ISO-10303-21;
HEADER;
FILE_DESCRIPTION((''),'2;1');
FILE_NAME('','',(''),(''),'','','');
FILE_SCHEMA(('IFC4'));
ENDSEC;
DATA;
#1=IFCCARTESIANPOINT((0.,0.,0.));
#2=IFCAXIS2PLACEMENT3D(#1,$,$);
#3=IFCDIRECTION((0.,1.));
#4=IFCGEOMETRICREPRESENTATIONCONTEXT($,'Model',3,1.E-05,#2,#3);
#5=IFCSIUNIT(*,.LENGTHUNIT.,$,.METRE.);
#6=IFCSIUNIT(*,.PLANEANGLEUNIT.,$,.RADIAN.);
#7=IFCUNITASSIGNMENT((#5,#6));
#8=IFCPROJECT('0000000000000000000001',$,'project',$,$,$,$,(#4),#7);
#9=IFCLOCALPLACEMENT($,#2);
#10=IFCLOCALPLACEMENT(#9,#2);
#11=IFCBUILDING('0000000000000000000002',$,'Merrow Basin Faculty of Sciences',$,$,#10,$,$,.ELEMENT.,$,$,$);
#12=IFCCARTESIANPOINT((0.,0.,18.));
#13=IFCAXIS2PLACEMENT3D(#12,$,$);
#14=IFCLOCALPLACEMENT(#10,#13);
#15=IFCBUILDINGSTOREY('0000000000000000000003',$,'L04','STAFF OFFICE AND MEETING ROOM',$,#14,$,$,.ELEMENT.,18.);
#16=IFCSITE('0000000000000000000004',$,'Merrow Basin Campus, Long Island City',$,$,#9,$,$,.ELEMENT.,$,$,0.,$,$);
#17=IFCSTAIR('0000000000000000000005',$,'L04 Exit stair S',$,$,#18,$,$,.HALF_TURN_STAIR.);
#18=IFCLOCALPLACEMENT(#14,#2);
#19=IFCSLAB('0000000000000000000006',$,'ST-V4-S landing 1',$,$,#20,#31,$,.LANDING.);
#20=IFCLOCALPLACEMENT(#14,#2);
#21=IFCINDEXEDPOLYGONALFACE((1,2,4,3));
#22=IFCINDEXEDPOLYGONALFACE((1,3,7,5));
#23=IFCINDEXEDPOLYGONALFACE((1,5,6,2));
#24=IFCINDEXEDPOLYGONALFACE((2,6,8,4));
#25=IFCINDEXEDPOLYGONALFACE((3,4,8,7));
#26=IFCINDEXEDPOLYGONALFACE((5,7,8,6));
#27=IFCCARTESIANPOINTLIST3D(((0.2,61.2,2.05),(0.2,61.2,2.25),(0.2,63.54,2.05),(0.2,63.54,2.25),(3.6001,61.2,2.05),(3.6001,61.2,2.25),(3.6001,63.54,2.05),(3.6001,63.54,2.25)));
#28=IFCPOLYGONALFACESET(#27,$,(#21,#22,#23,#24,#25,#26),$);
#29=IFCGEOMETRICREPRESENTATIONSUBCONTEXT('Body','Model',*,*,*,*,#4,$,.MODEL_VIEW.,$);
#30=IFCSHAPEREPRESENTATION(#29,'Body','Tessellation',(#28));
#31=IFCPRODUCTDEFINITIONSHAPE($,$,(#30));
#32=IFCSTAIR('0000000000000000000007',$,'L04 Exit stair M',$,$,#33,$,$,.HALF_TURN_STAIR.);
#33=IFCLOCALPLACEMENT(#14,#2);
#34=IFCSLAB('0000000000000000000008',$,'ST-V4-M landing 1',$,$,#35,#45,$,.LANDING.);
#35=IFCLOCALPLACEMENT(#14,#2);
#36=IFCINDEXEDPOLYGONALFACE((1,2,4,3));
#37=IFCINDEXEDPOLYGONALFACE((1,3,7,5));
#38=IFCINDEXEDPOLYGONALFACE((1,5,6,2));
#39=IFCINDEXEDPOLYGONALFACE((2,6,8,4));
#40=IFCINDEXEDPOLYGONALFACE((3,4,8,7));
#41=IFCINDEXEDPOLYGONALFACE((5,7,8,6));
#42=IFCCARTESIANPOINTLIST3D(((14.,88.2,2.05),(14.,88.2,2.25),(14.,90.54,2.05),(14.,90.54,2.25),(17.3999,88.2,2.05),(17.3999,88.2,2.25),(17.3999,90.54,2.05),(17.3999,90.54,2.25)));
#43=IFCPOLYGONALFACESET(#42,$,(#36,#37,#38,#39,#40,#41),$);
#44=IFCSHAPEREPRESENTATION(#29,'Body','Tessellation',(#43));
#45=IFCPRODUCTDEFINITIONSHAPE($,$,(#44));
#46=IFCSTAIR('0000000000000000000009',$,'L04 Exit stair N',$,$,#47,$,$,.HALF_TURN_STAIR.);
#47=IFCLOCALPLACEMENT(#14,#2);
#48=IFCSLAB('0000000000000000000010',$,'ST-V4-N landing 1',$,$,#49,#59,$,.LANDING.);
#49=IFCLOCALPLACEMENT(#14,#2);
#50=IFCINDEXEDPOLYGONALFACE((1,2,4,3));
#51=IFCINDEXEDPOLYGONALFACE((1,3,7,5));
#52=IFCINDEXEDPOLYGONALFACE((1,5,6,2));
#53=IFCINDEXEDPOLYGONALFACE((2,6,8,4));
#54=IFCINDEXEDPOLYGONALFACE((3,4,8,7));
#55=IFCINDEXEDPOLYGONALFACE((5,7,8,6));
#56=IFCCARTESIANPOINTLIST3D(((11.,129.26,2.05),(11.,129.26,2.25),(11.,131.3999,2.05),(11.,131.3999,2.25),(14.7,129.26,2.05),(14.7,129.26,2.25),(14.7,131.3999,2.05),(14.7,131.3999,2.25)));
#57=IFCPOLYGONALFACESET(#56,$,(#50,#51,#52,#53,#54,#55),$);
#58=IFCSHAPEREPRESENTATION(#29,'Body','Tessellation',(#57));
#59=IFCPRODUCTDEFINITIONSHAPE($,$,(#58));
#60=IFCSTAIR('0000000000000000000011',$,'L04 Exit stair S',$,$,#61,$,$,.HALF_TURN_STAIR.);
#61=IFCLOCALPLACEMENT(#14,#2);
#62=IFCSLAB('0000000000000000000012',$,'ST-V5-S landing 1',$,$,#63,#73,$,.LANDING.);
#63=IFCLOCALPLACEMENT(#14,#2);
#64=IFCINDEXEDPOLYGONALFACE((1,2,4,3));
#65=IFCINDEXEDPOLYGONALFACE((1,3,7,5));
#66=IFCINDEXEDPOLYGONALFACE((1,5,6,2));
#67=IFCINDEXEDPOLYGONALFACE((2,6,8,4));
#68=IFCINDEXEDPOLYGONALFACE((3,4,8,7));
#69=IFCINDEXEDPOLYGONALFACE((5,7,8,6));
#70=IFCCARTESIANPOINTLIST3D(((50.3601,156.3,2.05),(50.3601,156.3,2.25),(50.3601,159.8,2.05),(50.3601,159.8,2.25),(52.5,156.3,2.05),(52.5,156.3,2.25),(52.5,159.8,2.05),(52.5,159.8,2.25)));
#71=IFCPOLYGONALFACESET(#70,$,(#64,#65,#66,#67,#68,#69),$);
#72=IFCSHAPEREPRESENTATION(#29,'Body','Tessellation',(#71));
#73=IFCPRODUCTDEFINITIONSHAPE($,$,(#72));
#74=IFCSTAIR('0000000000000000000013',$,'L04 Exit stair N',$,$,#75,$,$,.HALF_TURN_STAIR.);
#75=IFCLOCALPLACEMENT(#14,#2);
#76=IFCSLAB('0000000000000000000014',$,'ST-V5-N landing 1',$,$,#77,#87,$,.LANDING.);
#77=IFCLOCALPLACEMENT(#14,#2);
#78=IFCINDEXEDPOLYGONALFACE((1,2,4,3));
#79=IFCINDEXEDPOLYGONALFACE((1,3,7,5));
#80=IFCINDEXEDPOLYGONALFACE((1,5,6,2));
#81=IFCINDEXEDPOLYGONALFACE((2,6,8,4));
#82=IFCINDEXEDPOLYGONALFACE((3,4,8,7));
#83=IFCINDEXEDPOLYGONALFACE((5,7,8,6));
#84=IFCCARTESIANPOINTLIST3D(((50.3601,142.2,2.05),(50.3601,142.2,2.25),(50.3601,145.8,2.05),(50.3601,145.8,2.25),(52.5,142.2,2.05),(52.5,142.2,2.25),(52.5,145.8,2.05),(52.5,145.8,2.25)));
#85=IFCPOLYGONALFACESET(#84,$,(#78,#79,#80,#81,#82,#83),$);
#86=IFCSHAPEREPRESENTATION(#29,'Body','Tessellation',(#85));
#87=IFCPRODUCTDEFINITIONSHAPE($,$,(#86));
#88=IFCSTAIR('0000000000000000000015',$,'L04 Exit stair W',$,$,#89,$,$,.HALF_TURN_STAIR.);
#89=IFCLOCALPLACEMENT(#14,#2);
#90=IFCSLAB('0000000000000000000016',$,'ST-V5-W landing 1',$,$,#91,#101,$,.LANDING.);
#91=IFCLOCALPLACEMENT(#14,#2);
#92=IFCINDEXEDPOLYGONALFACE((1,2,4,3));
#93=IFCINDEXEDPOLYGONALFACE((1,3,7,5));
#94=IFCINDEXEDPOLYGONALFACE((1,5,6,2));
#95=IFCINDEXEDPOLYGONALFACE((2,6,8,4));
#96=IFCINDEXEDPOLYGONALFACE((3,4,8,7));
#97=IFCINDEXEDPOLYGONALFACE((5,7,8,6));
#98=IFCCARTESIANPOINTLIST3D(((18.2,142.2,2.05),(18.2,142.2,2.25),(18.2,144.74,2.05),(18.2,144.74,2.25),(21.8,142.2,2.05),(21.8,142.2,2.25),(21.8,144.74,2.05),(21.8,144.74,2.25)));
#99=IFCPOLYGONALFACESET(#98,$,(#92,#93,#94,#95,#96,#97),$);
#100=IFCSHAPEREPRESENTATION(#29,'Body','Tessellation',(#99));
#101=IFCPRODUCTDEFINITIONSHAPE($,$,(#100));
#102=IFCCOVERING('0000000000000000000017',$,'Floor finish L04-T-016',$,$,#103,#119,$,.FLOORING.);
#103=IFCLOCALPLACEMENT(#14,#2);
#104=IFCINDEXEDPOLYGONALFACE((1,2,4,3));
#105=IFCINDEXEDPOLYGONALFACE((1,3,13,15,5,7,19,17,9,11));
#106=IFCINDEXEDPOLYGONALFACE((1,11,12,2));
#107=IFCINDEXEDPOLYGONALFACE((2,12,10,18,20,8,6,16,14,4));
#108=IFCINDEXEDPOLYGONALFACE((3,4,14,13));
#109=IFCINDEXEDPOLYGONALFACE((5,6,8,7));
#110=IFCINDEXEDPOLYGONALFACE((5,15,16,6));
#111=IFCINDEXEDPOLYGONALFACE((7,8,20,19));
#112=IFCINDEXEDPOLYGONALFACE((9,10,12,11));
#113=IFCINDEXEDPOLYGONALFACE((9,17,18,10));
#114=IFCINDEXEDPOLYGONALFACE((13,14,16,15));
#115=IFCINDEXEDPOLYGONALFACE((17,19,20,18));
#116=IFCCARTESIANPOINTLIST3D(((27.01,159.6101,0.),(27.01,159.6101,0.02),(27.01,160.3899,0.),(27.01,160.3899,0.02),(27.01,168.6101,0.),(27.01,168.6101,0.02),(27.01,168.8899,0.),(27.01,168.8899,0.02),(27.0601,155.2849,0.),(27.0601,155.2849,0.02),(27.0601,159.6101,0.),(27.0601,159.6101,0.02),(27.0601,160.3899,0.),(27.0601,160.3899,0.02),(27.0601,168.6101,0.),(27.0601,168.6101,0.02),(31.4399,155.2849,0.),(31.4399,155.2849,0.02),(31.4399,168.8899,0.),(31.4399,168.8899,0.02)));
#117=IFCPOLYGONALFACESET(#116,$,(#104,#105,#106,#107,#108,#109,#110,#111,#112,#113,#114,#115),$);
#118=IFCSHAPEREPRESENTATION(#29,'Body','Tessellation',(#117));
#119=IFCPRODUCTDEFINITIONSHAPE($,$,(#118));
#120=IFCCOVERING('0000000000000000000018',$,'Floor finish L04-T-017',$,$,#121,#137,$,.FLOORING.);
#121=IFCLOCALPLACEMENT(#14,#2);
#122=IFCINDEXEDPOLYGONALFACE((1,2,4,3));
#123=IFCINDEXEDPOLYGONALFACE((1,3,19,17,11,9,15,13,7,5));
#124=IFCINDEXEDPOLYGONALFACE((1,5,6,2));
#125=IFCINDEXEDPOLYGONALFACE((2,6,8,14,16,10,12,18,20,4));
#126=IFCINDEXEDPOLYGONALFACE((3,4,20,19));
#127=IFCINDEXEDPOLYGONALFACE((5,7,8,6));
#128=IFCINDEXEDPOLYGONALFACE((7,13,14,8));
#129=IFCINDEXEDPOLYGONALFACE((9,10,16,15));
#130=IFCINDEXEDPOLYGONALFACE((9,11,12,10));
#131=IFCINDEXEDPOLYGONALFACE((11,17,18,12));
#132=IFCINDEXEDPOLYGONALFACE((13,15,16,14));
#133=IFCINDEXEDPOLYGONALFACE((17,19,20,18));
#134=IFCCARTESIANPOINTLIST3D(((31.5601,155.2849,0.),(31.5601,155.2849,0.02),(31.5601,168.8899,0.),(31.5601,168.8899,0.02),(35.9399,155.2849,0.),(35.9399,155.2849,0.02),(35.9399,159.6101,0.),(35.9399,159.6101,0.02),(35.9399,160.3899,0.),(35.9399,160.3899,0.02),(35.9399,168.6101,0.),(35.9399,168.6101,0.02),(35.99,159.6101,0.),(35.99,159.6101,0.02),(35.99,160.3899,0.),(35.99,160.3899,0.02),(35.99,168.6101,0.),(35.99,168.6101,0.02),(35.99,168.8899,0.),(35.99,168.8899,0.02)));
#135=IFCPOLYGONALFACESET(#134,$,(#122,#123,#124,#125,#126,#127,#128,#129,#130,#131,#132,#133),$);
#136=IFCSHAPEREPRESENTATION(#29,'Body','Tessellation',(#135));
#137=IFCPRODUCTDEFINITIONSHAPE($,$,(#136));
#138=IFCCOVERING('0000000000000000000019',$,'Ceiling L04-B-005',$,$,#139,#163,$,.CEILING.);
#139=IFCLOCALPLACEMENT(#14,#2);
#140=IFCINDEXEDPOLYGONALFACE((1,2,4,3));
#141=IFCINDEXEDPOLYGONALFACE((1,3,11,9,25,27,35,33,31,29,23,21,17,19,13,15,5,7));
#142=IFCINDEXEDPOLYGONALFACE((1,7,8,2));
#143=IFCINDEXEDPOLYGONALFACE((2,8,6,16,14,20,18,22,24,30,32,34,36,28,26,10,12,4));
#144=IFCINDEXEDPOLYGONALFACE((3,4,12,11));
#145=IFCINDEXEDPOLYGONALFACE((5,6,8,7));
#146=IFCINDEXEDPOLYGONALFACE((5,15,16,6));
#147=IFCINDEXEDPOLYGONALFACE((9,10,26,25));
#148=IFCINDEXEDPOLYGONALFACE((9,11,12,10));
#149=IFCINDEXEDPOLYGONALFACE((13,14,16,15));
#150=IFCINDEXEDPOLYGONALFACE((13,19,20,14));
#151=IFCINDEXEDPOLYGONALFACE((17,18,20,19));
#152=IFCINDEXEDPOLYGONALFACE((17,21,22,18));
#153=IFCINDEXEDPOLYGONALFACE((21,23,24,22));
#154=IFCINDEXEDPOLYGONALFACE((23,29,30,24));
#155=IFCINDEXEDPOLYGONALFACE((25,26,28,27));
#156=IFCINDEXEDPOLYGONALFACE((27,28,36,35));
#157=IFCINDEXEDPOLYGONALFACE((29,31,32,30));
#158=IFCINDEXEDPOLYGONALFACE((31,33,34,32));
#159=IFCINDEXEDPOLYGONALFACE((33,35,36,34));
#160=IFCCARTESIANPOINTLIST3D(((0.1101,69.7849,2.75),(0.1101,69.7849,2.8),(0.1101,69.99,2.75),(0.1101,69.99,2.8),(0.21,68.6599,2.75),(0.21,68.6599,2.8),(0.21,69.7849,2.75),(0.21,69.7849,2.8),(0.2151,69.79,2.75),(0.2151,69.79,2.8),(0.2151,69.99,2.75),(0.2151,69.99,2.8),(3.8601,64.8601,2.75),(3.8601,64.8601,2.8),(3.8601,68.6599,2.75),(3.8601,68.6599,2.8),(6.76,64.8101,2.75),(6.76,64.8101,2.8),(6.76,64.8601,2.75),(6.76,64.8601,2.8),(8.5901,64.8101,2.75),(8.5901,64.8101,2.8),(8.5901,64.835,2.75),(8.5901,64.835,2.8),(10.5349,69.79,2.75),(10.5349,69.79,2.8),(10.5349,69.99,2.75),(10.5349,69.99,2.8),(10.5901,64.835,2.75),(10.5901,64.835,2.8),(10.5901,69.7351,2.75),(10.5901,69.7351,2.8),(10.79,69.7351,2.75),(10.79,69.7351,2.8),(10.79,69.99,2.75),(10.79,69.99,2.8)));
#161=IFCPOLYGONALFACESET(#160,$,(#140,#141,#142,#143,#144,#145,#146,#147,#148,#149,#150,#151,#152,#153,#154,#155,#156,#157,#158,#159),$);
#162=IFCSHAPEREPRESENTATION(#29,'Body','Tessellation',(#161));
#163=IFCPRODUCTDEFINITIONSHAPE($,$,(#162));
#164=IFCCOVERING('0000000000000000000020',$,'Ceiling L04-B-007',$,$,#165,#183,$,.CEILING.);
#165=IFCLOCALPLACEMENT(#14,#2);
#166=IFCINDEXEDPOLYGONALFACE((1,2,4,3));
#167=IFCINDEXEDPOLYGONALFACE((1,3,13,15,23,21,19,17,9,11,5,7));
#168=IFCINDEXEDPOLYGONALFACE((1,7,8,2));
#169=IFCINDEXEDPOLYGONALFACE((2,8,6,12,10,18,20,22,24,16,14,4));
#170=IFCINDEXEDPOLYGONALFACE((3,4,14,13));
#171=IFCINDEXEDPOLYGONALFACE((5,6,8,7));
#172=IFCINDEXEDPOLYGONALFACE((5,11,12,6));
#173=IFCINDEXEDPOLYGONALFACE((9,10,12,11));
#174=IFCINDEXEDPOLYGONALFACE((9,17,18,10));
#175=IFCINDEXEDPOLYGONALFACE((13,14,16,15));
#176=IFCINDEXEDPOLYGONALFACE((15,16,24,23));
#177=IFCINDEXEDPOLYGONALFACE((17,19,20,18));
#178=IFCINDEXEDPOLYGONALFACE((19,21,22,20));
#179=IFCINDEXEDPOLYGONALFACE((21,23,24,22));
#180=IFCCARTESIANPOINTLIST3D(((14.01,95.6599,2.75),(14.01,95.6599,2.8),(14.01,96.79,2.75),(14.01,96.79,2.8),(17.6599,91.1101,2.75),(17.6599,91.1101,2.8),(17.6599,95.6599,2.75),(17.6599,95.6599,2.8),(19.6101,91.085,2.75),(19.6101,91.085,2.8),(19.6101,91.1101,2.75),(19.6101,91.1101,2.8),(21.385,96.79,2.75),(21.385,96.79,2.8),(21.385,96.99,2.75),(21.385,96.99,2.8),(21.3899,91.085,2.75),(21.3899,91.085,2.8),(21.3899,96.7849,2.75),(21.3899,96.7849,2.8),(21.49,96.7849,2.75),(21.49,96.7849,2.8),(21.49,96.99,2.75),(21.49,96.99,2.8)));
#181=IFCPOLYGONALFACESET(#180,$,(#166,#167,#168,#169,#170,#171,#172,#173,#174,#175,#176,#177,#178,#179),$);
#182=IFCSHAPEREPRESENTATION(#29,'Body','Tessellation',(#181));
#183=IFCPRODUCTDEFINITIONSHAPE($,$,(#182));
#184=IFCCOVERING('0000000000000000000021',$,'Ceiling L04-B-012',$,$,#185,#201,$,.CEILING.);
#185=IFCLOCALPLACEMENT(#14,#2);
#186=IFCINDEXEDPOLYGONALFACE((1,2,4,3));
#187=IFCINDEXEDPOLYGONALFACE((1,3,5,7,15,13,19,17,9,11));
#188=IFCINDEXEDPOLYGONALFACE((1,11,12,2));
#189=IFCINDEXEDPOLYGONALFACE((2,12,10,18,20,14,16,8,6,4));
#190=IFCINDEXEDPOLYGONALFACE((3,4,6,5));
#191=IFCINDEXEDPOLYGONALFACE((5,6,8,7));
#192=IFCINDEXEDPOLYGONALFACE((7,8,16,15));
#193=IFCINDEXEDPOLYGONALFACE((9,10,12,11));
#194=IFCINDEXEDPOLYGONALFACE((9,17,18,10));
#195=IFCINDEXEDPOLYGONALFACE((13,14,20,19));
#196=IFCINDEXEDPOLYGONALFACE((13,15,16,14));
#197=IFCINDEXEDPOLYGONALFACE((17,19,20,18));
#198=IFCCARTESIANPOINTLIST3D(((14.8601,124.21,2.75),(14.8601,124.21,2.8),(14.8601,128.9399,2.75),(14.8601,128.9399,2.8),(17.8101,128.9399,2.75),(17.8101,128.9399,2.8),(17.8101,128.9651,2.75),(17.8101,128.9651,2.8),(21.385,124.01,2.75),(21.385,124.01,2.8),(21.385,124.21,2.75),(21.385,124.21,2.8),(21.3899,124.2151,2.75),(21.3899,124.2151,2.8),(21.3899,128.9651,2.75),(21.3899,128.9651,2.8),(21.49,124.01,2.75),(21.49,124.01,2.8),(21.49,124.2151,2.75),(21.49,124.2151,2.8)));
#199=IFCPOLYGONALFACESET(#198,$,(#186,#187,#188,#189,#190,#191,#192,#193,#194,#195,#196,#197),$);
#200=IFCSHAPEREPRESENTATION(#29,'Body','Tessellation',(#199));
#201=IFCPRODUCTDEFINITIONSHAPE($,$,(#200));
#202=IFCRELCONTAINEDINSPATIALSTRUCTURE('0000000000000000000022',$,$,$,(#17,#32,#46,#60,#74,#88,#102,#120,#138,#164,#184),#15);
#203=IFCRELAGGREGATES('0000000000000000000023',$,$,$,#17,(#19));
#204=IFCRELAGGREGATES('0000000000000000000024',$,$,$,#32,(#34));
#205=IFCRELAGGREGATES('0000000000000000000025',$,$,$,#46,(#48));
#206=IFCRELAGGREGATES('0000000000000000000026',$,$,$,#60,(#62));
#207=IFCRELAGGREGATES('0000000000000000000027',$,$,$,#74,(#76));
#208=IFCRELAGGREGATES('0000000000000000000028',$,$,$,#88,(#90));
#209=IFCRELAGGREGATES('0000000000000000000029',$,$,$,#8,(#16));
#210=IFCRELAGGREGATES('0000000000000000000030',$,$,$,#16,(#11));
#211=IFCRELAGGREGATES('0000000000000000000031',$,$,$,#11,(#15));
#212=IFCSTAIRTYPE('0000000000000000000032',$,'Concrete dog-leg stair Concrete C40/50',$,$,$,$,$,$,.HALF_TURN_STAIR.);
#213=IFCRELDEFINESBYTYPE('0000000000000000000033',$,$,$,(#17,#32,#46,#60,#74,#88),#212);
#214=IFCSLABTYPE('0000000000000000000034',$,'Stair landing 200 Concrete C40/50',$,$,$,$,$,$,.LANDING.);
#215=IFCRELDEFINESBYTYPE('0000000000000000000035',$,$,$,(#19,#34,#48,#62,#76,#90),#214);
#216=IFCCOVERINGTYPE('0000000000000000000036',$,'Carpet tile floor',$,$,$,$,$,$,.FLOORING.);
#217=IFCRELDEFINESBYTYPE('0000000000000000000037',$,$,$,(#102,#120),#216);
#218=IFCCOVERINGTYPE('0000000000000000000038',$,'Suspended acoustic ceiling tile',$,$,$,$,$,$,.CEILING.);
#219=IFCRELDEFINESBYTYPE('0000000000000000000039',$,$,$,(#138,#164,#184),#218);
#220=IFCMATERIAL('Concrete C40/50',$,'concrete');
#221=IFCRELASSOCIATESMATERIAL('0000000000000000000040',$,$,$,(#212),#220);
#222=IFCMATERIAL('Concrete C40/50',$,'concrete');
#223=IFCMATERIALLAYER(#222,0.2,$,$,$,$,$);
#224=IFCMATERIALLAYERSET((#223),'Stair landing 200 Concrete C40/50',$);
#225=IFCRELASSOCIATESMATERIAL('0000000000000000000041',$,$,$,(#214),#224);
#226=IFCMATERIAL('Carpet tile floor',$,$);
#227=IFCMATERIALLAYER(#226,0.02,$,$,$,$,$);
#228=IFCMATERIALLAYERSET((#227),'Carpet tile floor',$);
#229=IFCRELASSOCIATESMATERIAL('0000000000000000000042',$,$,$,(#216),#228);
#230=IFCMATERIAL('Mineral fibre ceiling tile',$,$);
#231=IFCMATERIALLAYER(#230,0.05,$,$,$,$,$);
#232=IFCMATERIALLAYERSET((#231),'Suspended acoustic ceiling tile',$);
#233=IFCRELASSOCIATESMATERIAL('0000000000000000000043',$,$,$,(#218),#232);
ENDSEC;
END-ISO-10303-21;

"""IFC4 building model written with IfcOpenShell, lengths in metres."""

from ifc_helpers import new_model, si_unit, direction, frame, origin, place, context, subcontext, project, spatial, polyline, outline, extrude, material, layer, layer_set, type_object, element, aggregate, save


model = new_model("IFC4")

# Units and contexts
model_context = context("Model", 3, precision=1e-05, world=origin(), true_north=direction((0.0, 1.0)))
body_context = subcontext(model_context, "Body", "Model", "MODEL_VIEW")
ifc_project = project(units=[si_unit("LENGTHUNIT", "METRE"), si_unit("PLANEANGLEUNIT", "RADIAN")], contexts=[model_context])

# Site, building, storey
site_placement = place(None, origin())
site = spatial("IfcSite", under=ifc_project, at=site_placement, Name="Merrow Basin Campus, Long Island City", CompositionType="ELEMENT", RefElevation=0.0)
building_placement = place(site_placement, origin())
building = spatial("IfcBuilding", under=site, at=building_placement, Name="Merrow Basin Faculty of Sciences", CompositionType="ELEMENT")
storey_placement = place(building_placement, frame((0.0, 0.0, 18.0)))
storey = spatial("IfcBuildingStorey", under=building, at=storey_placement, Name="L04", Description="STAFF OFFICE AND MEETING ROOM", CompositionType="ELEMENT", Elevation=18.0)

# Stairs, slabs
ifc_material_1 = material(Name="Concrete C40/50", Category="concrete")
stair_type = type_object("IfcStairType", Name="Concrete dog-leg stair Concrete C40/50", PredefinedType="HALF_TURN_STAIR", material=ifc_material_1)
stair_1_placement = place(storey_placement, origin())
stair_1 = element("IfcStair", 1, at=stair_1_placement, inside=storey, type_object=stair_type, Name="L04 Exit stair S", PredefinedType="HALF_TURN_STAIR")
ifc_material_2 = material(Name="Concrete C40/50", Category="concrete")
ifc_layer_1 = layer(ifc_material_2, 0.2)
ifc_layer_set_1 = layer_set([ifc_layer_1], Name="Stair landing 200 Concrete C40/50")
slab_type = type_object("IfcSlabType", Name="Stair landing 200 Concrete C40/50", PredefinedType="LANDING", material=ifc_layer_set_1)
slab_1_placement = place(storey_placement, frame((0.0, 0.0, 2.05)))
slab_1 = element("IfcSlab", 2, at=slab_1_placement, type_object=slab_type, Name="ST-V4-S landing 1", PredefinedType="LANDING", context=body_context, shape_type="SweptSolid", body=[
    extrude(outline(polyline([(0.2, 61.2), (3.6001, 61.2), (3.6001, 63.54), (0.2, 63.54), (0.2, 61.2)])), origin(), (0.0, 0.0, 1.0), 0.2),
])
aggregate(stair_1, [slab_1])
stair_2_placement = place(storey_placement, origin())
stair_2 = element("IfcStair", 3, at=stair_2_placement, inside=storey, type_object=stair_type, Name="L04 Exit stair M", PredefinedType="HALF_TURN_STAIR")
slab_2_placement = place(storey_placement, frame((0.0, 0.0, 2.05)))
slab_2 = element("IfcSlab", 4, at=slab_2_placement, type_object=slab_type, Name="ST-V4-M landing 1", PredefinedType="LANDING", context=body_context, shape_type="SweptSolid", body=[
    extrude(outline(polyline([(14.0, 88.2), (17.3999, 88.2), (17.3999, 90.54), (14.0, 90.54), (14.0, 88.2)])), origin(), (0.0, 0.0, 1.0), 0.2),
])
aggregate(stair_2, [slab_2])
stair_3_placement = place(storey_placement, origin())
stair_3 = element("IfcStair", 5, at=stair_3_placement, inside=storey, type_object=stair_type, Name="L04 Exit stair N", PredefinedType="HALF_TURN_STAIR")
slab_3_placement = place(storey_placement, frame((0.0, 0.0, 2.05)))
slab_3 = element("IfcSlab", 6, at=slab_3_placement, type_object=slab_type, Name="ST-V4-N landing 1", PredefinedType="LANDING", context=body_context, shape_type="SweptSolid", body=[
    extrude(outline(polyline([(11.0, 129.26), (14.7, 129.26), (14.7, 131.3999), (11.0, 131.3999), (11.0, 129.26)])), origin(), (0.0, 0.0, 1.0), 0.2),
])
aggregate(stair_3, [slab_3])
stair_4_placement = place(storey_placement, origin())
stair_4 = element("IfcStair", 7, at=stair_4_placement, inside=storey, type_object=stair_type, Name="L04 Exit stair S", PredefinedType="HALF_TURN_STAIR")
slab_4_placement = place(storey_placement, frame((0.0, 0.0, 2.05)))
slab_4 = element("IfcSlab", 8, at=slab_4_placement, type_object=slab_type, Name="ST-V5-S landing 1", PredefinedType="LANDING", context=body_context, shape_type="SweptSolid", body=[
    extrude(outline(polyline([(50.3601, 156.3), (52.5, 156.3), (52.5, 159.8), (50.3601, 159.8), (50.3601, 156.3)])), origin(), (0.0, 0.0, 1.0), 0.2),
])
aggregate(stair_4, [slab_4])
stair_5_placement = place(storey_placement, origin())
stair_5 = element("IfcStair", 9, at=stair_5_placement, inside=storey, type_object=stair_type, Name="L04 Exit stair N", PredefinedType="HALF_TURN_STAIR")
slab_5_placement = place(storey_placement, frame((0.0, 0.0, 2.05)))
slab_5 = element("IfcSlab", 10, at=slab_5_placement, type_object=slab_type, Name="ST-V5-N landing 1", PredefinedType="LANDING", context=body_context, shape_type="SweptSolid", body=[
    extrude(outline(polyline([(50.3601, 142.2), (52.5, 142.2), (52.5, 145.8), (50.3601, 145.8), (50.3601, 142.2)])), origin(), (0.0, 0.0, 1.0), 0.2),
])
aggregate(stair_5, [slab_5])
stair_6_placement = place(storey_placement, origin())
stair_6 = element("IfcStair", 11, at=stair_6_placement, inside=storey, type_object=stair_type, Name="L04 Exit stair W", PredefinedType="HALF_TURN_STAIR")
slab_6_placement = place(storey_placement, frame((0.0, 0.0, 2.05)))
slab_6 = element("IfcSlab", 12, at=slab_6_placement, type_object=slab_type, Name="ST-V5-W landing 1", PredefinedType="LANDING", context=body_context, shape_type="SweptSolid", body=[
    extrude(outline(polyline([(18.2, 142.2), (21.8, 142.2), (21.8, 144.74), (18.2, 144.74), (18.2, 142.2)])), origin(), (0.0, 0.0, 1.0), 0.2),
])
aggregate(stair_6, [slab_6])

# Coverings
ifc_material_3 = material(Name="Carpet tile floor")
ifc_layer_2 = layer(ifc_material_3, 0.02)
ifc_layer_set_2 = layer_set([ifc_layer_2], Name="Carpet tile floor")
covering_type_1 = type_object("IfcCoveringType", Name="Carpet tile floor", PredefinedType="FLOORING", material=ifc_layer_set_2)
covering_1_placement = place(storey_placement, origin())
element("IfcCovering", 13, at=covering_1_placement, inside=storey, type_object=covering_type_1, Name="Floor finish L04-T-016", PredefinedType="FLOORING", context=body_context, shape_type="SweptSolid", body=[
    extrude(outline(polyline([(27.0601, 155.2849), (27.0601, 159.6101), (27.01, 159.6101), (27.01, 160.3899), (27.0601, 160.3899), (27.0601, 168.6101), (27.01, 168.6101), (27.01, 168.8899), (31.4399, 168.8899), (31.4399, 155.2849), (27.0601, 155.2849)])), origin(), (0.0, 0.0, 1.0), 0.02),
])
covering_2_placement = place(storey_placement, origin())
element("IfcCovering", 14, at=covering_2_placement, inside=storey, type_object=covering_type_1, Name="Floor finish L04-T-017", PredefinedType="FLOORING", context=body_context, shape_type="SweptSolid", body=[
    extrude(outline(polyline([(31.5601, 155.2849), (31.5601, 168.8899), (35.99, 168.8899), (35.99, 168.6101), (35.9399, 168.6101), (35.9399, 160.3899), (35.99, 160.3899), (35.99, 159.6101), (35.9399, 159.6101), (35.9399, 155.2849), (31.5601, 155.2849)])), origin(), (0.0, 0.0, 1.0), 0.02),
])
ifc_material_4 = material(Name="Mineral fibre ceiling tile")
ifc_layer_3 = layer(ifc_material_4, 0.05)
ifc_layer_set_3 = layer_set([ifc_layer_3], Name="Suspended acoustic ceiling tile")
covering_type_2 = type_object("IfcCoveringType", Name="Suspended acoustic ceiling tile", PredefinedType="CEILING", material=ifc_layer_set_3)
covering_3_placement = place(storey_placement, frame((0.0, 0.0, 2.75)))
element("IfcCovering", 15, at=covering_3_placement, inside=storey, type_object=covering_type_2, Name="Ceiling L04-B-005", PredefinedType="CEILING", context=body_context, shape_type="SweptSolid", body=[
    extrude(outline(polyline([(10.5901, 64.835), (8.5901, 64.835), (8.5901, 64.8101), (6.76, 64.8101), (6.76, 64.8601), (3.8601, 64.8601), (3.8601, 68.6599), (0.21, 68.6599), (0.21, 69.7849), (0.1101, 69.7849), (0.1101, 69.99), (0.2151, 69.99), (0.2151, 69.79), (10.5349, 69.79), (10.5349, 69.99), (10.79, 69.99), (10.79, 69.7351), (10.5901, 69.7351), (10.5901, 64.835)])), origin(), (0.0, 0.0, 1.0), 0.05),
])
covering_4_placement = place(storey_placement, frame((0.0, 0.0, 2.75)))
element("IfcCovering", 16, at=covering_4_placement, inside=storey, type_object=covering_type_2, Name="Ceiling L04-B-007", PredefinedType="CEILING", context=body_context, shape_type="SweptSolid", body=[
    extrude(outline(polyline([(21.3899, 91.085), (19.6101, 91.085), (19.6101, 91.1101), (17.6599, 91.1101), (17.6599, 95.6599), (14.01, 95.6599), (14.01, 96.79), (21.385, 96.79), (21.385, 96.99), (21.49, 96.99), (21.49, 96.7849), (21.3899, 96.7849), (21.3899, 91.085)])), origin(), (0.0, 0.0, 1.0), 0.05),
])
covering_5_placement = place(storey_placement, frame((0.0, 0.0, 2.75)))
element("IfcCovering", 17, at=covering_5_placement, inside=storey, type_object=covering_type_2, Name="Ceiling L04-B-012", PredefinedType="CEILING", context=body_context, shape_type="SweptSolid", body=[
    extrude(outline(polyline([(21.3899, 128.9651), (21.3899, 124.2151), (21.49, 124.2151), (21.49, 124.01), (21.385, 124.01), (21.385, 124.21), (14.8601, 124.21), (14.8601, 128.9399), (17.8101, 128.9399), (17.8101, 128.9651), (21.3899, 128.9651)])), origin(), (0.0, 0.0, 1.0), 0.05),
])

save(model, "model.ifc")
